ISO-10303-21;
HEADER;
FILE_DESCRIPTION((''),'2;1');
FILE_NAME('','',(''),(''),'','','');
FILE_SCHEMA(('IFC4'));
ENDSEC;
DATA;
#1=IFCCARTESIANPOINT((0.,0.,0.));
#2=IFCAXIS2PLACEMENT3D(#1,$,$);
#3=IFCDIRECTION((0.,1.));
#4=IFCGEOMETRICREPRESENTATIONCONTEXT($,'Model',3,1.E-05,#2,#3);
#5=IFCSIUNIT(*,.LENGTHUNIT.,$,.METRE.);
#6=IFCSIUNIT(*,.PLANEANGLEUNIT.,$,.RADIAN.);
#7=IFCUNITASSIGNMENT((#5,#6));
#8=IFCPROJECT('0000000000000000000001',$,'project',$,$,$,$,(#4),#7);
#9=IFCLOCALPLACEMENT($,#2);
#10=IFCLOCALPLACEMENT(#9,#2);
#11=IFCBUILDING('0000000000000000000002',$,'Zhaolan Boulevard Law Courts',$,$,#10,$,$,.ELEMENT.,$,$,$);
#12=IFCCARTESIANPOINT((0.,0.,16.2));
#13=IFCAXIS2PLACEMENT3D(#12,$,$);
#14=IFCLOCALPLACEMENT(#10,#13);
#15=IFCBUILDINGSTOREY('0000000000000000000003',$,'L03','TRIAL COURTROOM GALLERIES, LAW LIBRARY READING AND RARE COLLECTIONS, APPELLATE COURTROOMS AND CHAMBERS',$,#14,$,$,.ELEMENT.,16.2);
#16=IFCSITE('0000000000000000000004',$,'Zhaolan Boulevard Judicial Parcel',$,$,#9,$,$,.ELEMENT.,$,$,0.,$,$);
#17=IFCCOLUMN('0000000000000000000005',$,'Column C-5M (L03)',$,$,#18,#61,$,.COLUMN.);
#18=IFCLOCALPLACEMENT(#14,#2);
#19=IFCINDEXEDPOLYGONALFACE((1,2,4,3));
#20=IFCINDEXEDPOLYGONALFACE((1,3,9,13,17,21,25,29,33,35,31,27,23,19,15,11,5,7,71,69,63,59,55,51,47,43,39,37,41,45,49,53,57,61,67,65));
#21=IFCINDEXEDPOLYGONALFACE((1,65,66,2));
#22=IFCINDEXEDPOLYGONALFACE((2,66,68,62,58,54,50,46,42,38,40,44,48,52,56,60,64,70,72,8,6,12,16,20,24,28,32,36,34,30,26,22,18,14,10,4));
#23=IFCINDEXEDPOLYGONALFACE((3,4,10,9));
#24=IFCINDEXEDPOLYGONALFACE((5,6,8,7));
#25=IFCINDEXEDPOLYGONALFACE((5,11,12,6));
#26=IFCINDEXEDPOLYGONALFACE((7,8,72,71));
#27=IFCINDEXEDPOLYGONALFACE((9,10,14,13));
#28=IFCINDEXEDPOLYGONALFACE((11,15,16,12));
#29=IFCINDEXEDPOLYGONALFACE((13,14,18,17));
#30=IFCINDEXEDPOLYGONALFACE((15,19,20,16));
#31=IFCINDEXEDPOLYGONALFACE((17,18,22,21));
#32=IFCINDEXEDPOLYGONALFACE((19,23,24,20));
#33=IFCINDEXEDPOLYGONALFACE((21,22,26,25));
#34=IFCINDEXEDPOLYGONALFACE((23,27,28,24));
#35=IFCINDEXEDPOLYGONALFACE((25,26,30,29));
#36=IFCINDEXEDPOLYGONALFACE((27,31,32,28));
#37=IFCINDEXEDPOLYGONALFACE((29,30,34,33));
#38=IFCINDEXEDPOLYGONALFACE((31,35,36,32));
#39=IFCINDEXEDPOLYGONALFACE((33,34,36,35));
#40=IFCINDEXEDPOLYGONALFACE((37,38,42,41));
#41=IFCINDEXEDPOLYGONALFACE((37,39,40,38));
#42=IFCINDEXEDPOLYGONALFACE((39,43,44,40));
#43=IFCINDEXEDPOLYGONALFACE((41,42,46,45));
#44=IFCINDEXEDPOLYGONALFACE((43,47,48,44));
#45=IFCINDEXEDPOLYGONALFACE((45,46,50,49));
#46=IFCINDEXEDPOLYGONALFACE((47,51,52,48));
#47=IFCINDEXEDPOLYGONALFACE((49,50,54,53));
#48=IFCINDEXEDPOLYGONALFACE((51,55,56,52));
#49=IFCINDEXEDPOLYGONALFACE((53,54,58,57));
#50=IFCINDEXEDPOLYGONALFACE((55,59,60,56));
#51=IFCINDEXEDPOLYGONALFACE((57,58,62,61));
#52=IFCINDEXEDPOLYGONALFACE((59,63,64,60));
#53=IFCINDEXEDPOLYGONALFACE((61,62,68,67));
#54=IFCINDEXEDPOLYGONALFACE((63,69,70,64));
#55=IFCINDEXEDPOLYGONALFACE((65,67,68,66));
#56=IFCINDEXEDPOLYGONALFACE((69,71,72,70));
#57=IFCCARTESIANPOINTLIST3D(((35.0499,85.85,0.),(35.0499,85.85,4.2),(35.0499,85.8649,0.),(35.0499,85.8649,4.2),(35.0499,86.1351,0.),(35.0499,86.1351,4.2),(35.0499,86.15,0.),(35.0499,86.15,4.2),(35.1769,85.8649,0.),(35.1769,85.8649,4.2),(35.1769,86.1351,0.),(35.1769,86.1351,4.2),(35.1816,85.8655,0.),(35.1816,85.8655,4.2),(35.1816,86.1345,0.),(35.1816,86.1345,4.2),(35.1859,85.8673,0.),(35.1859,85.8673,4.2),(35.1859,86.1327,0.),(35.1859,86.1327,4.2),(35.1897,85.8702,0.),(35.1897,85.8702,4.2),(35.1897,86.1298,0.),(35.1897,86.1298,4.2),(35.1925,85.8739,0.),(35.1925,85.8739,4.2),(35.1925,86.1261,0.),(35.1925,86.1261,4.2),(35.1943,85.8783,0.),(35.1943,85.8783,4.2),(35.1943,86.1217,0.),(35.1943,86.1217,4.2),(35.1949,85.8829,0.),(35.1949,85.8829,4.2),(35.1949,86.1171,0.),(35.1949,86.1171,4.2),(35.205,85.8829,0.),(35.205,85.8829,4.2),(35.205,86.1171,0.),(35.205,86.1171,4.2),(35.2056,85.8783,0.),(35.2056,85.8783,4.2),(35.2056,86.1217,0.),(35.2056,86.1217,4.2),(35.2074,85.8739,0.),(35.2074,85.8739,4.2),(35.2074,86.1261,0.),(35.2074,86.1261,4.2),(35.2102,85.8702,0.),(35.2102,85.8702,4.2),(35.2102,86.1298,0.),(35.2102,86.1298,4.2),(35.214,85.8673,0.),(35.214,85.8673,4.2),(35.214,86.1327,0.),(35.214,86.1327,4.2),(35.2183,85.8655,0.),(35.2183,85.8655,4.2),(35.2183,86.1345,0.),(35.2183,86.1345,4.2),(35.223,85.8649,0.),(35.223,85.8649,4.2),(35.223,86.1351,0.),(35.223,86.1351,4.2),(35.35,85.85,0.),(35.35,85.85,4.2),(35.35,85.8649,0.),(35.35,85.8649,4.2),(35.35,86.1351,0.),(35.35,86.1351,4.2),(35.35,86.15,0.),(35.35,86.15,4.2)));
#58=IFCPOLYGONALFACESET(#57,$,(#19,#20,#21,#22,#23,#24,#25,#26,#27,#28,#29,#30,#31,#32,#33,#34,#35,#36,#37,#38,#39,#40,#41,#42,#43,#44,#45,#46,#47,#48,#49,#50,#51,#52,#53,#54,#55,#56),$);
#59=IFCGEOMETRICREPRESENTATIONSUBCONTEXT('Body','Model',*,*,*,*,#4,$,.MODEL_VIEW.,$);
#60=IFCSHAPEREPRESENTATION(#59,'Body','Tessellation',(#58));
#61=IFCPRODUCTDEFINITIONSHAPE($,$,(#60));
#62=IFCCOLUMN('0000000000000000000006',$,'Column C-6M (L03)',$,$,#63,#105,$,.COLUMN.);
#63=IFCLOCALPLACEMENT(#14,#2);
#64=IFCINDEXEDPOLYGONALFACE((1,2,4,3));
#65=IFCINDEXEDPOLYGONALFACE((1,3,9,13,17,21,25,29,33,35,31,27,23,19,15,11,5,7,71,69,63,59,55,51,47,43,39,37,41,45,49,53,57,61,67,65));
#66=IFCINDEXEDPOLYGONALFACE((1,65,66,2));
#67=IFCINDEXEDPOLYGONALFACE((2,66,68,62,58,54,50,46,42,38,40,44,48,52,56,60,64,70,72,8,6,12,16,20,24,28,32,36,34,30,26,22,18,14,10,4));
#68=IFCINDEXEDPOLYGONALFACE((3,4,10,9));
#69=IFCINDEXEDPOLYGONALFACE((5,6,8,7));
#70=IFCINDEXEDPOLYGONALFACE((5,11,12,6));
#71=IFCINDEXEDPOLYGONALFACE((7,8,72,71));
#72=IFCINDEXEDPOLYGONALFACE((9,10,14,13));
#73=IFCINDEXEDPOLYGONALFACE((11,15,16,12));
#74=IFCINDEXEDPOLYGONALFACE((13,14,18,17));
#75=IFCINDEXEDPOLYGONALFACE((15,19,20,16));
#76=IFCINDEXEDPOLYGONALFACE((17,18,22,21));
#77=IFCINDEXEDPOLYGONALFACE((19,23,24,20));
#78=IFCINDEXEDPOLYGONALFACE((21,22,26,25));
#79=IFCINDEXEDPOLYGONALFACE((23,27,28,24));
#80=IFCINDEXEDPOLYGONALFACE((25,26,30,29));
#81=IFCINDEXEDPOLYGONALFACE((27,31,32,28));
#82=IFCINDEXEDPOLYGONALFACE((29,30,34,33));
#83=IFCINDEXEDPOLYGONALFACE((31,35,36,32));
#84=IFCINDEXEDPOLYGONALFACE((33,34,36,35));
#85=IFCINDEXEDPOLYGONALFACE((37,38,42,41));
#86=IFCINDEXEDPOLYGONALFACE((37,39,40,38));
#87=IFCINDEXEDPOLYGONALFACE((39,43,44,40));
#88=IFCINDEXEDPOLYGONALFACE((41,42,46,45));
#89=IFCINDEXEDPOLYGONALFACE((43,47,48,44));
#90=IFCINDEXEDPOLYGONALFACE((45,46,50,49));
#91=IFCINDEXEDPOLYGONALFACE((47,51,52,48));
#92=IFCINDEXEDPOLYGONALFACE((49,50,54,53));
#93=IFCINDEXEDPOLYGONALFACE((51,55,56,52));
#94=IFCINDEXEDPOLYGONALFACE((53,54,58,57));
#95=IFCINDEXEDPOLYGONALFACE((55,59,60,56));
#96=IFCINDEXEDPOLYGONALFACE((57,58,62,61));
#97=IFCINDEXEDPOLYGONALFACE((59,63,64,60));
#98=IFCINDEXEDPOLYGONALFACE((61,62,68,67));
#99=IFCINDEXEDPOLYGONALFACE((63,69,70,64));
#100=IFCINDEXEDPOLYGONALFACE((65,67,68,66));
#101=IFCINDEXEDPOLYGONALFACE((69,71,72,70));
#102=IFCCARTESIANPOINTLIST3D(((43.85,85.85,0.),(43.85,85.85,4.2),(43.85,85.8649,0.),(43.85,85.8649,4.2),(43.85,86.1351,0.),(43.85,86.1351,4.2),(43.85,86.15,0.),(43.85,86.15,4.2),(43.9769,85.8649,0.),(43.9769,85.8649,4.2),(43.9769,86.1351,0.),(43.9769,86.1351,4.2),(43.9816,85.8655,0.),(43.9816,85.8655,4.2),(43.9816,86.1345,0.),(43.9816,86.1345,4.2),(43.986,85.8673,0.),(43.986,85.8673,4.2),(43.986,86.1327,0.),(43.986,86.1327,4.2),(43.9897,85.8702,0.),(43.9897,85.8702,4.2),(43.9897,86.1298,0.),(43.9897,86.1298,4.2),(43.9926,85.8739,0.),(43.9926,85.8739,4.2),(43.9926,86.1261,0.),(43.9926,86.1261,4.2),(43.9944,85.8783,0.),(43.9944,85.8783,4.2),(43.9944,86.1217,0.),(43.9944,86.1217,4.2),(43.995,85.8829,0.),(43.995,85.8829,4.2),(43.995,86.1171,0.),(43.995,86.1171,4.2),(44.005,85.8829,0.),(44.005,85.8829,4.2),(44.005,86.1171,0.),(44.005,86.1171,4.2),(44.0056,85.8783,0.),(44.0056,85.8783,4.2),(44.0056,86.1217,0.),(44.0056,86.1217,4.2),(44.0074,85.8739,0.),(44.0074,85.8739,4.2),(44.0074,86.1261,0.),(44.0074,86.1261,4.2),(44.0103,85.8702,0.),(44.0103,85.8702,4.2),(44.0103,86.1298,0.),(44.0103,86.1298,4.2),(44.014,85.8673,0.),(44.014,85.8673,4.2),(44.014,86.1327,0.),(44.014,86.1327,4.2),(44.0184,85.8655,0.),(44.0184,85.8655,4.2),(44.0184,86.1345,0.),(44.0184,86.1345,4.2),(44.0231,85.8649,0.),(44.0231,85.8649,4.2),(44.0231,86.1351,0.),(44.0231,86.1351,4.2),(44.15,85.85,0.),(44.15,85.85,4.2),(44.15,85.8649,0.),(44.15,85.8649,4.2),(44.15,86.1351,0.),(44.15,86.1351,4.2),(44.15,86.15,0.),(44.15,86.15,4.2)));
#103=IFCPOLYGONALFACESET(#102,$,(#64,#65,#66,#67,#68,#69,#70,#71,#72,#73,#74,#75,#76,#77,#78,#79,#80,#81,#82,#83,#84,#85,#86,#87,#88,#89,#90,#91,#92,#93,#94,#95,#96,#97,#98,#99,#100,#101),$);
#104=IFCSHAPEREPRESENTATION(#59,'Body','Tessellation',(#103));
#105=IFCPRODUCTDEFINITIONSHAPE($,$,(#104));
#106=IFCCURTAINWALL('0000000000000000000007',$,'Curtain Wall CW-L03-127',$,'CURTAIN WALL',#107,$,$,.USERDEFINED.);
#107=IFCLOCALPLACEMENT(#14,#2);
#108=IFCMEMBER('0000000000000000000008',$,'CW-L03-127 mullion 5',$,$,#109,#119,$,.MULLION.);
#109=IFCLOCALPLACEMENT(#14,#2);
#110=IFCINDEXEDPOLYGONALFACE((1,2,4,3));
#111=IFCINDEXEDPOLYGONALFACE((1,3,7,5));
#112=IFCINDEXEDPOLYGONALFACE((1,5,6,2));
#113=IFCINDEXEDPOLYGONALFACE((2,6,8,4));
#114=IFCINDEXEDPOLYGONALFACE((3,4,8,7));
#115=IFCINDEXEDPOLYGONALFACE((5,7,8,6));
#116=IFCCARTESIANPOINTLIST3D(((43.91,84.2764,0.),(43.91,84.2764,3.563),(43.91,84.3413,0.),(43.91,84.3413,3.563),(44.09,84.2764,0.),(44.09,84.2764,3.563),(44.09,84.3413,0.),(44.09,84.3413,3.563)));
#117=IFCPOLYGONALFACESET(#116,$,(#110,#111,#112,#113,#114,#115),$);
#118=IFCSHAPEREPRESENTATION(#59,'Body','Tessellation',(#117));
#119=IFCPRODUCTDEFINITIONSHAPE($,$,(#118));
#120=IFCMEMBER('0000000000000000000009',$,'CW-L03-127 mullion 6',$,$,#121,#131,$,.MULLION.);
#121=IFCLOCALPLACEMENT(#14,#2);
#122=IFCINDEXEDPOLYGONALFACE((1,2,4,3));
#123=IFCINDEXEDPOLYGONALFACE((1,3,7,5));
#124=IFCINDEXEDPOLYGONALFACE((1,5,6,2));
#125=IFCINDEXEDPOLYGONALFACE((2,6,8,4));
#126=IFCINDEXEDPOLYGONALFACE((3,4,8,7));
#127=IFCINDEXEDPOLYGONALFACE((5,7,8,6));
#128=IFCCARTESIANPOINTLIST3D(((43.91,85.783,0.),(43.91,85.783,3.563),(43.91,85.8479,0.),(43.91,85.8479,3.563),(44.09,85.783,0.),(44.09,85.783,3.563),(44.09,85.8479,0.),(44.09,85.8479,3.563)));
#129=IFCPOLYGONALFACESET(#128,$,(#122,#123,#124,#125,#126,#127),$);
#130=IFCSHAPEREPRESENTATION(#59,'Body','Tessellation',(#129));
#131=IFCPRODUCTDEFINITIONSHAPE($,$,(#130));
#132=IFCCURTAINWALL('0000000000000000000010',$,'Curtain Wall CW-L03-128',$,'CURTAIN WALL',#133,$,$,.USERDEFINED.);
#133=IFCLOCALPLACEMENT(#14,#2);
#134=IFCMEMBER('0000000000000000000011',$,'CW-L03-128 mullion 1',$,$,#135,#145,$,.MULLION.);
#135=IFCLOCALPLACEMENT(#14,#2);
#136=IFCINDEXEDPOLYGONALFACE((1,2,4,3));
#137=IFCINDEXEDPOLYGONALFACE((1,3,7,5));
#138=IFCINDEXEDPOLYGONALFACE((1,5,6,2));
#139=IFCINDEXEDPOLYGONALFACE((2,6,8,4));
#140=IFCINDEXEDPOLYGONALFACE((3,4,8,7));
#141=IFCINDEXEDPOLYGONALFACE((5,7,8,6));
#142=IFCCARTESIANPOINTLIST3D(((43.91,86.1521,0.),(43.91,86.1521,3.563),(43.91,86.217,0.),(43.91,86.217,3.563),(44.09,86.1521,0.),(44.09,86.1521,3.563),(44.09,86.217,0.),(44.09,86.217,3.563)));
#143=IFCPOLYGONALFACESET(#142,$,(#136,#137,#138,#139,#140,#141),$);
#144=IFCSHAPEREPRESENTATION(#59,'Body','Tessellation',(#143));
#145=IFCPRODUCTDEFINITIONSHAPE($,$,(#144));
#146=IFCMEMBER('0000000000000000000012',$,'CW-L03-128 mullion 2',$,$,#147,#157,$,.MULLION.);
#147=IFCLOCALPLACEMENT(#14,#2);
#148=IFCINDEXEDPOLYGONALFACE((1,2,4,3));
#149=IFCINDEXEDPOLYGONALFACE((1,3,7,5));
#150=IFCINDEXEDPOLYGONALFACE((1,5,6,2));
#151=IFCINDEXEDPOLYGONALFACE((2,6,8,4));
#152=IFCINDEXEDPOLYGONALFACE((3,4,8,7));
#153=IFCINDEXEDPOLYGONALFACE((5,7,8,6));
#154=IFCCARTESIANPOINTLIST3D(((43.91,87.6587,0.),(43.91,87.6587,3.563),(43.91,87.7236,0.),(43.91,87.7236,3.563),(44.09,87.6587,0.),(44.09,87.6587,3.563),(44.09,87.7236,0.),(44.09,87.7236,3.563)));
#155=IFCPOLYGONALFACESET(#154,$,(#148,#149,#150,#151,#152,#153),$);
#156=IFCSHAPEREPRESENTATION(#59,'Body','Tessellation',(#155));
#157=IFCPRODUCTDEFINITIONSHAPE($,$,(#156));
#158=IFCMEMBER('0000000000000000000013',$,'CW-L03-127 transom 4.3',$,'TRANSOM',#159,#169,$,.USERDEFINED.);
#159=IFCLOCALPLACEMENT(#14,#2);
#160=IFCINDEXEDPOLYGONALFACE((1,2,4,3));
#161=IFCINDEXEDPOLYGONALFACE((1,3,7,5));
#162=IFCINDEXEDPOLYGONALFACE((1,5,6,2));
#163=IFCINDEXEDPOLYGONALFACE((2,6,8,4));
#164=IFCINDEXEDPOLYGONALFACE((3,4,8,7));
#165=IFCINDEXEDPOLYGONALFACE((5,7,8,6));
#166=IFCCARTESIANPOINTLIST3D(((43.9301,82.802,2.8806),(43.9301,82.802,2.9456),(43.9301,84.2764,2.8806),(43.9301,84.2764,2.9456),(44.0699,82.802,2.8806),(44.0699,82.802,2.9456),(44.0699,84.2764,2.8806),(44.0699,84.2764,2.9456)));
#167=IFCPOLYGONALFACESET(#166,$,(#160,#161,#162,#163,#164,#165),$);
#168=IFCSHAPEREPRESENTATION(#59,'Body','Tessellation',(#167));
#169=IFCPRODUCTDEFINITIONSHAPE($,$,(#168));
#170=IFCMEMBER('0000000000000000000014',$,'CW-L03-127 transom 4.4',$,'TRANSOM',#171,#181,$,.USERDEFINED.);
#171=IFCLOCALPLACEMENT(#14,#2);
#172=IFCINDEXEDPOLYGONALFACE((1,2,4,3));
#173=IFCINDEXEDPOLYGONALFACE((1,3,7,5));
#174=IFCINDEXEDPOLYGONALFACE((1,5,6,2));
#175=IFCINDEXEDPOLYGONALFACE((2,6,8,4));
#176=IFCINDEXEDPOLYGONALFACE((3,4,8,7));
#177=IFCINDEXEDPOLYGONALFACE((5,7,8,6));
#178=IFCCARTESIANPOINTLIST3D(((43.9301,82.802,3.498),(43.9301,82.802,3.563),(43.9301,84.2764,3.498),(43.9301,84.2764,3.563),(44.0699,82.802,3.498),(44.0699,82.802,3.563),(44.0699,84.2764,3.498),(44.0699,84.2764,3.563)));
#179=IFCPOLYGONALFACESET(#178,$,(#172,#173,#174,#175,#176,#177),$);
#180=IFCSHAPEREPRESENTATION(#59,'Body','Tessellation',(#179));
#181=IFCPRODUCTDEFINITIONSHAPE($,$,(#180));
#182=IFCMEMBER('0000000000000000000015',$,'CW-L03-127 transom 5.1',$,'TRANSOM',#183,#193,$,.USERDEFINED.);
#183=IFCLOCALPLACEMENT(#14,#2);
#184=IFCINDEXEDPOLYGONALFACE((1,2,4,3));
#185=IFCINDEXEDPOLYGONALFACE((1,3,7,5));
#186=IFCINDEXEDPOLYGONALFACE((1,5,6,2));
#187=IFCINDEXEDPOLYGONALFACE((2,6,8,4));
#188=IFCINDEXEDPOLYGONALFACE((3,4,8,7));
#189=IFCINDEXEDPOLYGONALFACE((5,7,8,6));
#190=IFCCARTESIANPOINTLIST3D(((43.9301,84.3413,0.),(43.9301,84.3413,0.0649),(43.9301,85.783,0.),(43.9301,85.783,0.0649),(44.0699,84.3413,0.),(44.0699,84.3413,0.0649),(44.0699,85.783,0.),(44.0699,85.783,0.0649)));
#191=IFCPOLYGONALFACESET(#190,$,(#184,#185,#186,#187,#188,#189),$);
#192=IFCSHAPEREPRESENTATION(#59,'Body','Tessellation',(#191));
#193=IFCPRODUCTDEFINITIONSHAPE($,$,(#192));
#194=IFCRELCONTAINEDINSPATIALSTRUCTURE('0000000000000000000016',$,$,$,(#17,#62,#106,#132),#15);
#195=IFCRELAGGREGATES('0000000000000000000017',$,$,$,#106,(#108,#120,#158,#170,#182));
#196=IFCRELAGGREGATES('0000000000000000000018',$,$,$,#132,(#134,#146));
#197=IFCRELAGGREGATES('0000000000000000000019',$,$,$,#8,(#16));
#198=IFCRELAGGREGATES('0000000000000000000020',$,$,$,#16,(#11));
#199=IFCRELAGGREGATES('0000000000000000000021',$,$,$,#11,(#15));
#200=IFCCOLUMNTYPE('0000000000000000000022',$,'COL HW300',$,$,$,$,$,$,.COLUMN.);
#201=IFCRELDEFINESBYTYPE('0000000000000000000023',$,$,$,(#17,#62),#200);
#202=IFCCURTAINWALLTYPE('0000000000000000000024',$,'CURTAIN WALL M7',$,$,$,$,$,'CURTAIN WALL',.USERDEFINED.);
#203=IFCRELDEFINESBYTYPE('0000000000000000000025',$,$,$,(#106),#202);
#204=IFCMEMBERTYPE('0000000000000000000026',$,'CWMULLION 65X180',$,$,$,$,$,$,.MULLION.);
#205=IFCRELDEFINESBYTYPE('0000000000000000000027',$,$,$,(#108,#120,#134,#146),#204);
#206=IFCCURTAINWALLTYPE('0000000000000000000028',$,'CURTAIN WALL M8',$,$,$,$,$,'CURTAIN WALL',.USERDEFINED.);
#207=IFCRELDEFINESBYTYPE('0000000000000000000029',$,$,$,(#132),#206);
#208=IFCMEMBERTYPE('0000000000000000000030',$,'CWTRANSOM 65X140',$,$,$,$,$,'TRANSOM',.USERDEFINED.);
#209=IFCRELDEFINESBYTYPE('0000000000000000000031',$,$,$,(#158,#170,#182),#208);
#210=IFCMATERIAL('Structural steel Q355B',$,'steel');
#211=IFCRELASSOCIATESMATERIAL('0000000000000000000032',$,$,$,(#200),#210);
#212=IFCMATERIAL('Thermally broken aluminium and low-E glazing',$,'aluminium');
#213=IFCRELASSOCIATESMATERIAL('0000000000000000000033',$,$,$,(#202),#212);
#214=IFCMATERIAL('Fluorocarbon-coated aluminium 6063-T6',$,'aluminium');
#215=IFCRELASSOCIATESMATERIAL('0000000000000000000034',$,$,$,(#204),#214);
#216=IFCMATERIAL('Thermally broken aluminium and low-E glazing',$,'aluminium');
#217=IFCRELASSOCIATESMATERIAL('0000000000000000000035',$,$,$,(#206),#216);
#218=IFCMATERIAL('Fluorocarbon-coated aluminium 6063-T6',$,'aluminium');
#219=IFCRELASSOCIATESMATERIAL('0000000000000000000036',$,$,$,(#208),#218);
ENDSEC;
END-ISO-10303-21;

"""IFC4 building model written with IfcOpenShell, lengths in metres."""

from ifc_helpers import new_model, si_unit, direction, frame, origin, origin_2d, place, context, subcontext, project, spatial, rectangle, i_section, extrude, material, material_profile, profile_set, type_object, element, aggregate, save


model = new_model("IFC4")

# Units and contexts
model_context = context("Model", 3, precision=1e-05, world=origin(), true_north=direction((0.0, 1.0)))
body_context = subcontext(model_context, "Body", "Model", "MODEL_VIEW")
ifc_project = project(units=[si_unit("LENGTHUNIT", "METRE"), si_unit("PLANEANGLEUNIT", "RADIAN")], contexts=[model_context])

# Site, building, storey
site_placement = place(None, origin())
site = spatial("IfcSite", under=ifc_project, at=site_placement, Name="Zhaolan Boulevard Judicial Parcel", CompositionType="ELEMENT", RefElevation=0.0)
building_placement = place(site_placement, origin())
building = spatial("IfcBuilding", under=site, at=building_placement, Name="Zhaolan Boulevard Law Courts", CompositionType="ELEMENT")
storey_placement = place(building_placement, frame((0.0, 0.0, 16.2)))
storey = spatial("IfcBuildingStorey", under=building, at=storey_placement, Name="L03", Description="TRIAL COURTROOM GALLERIES, LAW LIBRARY READING AND RARE COLLECTIONS, APPELLATE COURTROOMS AND CHAMBERS", CompositionType="ELEMENT", Elevation=16.2)

# Columns
ifc_material_1 = material(Name="Structural steel Q355B", Category="steel")
ifc_material_profile_1 = material_profile(ifc_material_1, i_section(OverallWidth=0.3, OverallDepth=0.3, WebThickness=0.01, FlangeThickness=0.0149, FilletRadius=0.0181, at=origin_2d()), Name="HW300x300")
ifc_profile_set_1 = profile_set([ifc_material_profile_1], Name="Structural steel Q355B")
column_type = type_object("IfcColumnType", Name="COL HW300", PredefinedType="COLUMN", material=ifc_profile_set_1)
for number, where, z_axis, x_axis, name in (
    (1, (35.2, 86.0, 0.0), (0.0, 0.0, 1.0), (1.0, 0.0, 0.0), "Column C-5M (L03)"),
    (2, (44.0, 86.0, 0.0), (0.0, 0.0, 1.0), (1.0, 0.0, 0.0), "Column C-6M (L03)"),
):
    element("IfcColumn", number, at=place(storey_placement, frame(where, z_axis=z_axis, x_axis=x_axis)), inside=storey, type_object=column_type, Name=name, PredefinedType="COLUMN", context=body_context, shape_type="SweptSolid", body=[
        extrude(i_section(OverallWidth=0.3, OverallDepth=0.3, WebThickness=0.01, FlangeThickness=0.0149, FilletRadius=0.0181, at=origin_2d()), origin(), (0.0, 0.0, 1.0), 4.2),
    ])

# Curtain walls, members
ifc_material_2 = material(Name="Thermally broken aluminium and low-E glazing", Category="aluminium")
curtain_wall_type_1 = type_object("IfcCurtainWallType", Name="CURTAIN WALL M7", ElementType="CURTAIN WALL", PredefinedType="USERDEFINED", material=ifc_material_2)
curtain_wall_1_placement = place(storey_placement, origin())
curtain_wall_1 = element("IfcCurtainWall", 3, at=curtain_wall_1_placement, inside=storey, type_object=curtain_wall_type_1, Name="Curtain Wall CW-L03-127", ObjectType="CURTAIN WALL", PredefinedType="USERDEFINED")
ifc_material_3 = material(Name="Fluorocarbon-coated aluminium 6063-T6", Category="aluminium")
ifc_material_profile_2 = material_profile(ifc_material_3, rectangle(XDim=0.1799, YDim=0.0649, at=origin_2d()), Name="AL65x180")
ifc_profile_set_2 = profile_set([ifc_material_profile_2], Name="Fluorocarbon-coated aluminium 6063-T6")
member_type_1 = type_object("IfcMemberType", Name="CWMULLION 65X180", PredefinedType="MULLION", material=ifc_profile_set_2)
member_1_placement = place(storey_placement, frame((44.0, 84.3088, 0.0), z_axis=(0.0, 0.0, 1.0), x_axis=(-1.0, 0.0, 0.0)))
member_1 = element("IfcMember", 4, at=member_1_placement, type_object=member_type_1, Name="CW-L03-127 mullion 5", PredefinedType="MULLION", context=body_context, shape_type="SweptSolid", body=[
    extrude(rectangle(XDim=0.1799, YDim=0.0649, at=origin_2d()), origin(), (0.0, 0.0, 1.0), 3.563),
])
member_2_placement = place(storey_placement, frame((44.0, 85.8154, 0.0), z_axis=(0.0, 0.0, 1.0), x_axis=(-1.0, 0.0, 0.0)))
member_2 = element("IfcMember", 5, at=member_2_placement, type_object=member_type_1, Name="CW-L03-127 mullion 6", PredefinedType="MULLION", context=body_context, shape_type="SweptSolid", body=[
    extrude(rectangle(XDim=0.1799, YDim=0.0649, at=origin_2d()), origin(), (0.0, 0.0, 1.0), 3.563),
])
ifc_material_4 = material(Name="Thermally broken aluminium and low-E glazing", Category="aluminium")
curtain_wall_type_2 = type_object("IfcCurtainWallType", Name="CURTAIN WALL M8", ElementType="CURTAIN WALL", PredefinedType="USERDEFINED", material=ifc_material_4)
curtain_wall_2_placement = place(storey_placement, origin())
curtain_wall_2 = element("IfcCurtainWall", 6, at=curtain_wall_2_placement, inside=storey, type_object=curtain_wall_type_2, Name="Curtain Wall CW-L03-128", ObjectType="CURTAIN WALL", PredefinedType="USERDEFINED")
member_3_placement = place(storey_placement, frame((44.0, 86.1846, 0.0), z_axis=(0.0, 0.0, 1.0), x_axis=(-1.0, 0.0, 0.0)))
member_3 = element("IfcMember", 7, at=member_3_placement, type_object=member_type_1, Name="CW-L03-128 mullion 1", PredefinedType="MULLION", context=body_context, shape_type="SweptSolid", body=[
    extrude(rectangle(XDim=0.1799, YDim=0.0649, at=origin_2d()), origin(), (0.0, 0.0, 1.0), 3.563),
])
member_4_placement = place(storey_placement, frame((44.0, 87.6912, 0.0), z_axis=(0.0, 0.0, 1.0), x_axis=(-1.0, 0.0, 0.0)))
member_4 = element("IfcMember", 8, at=member_4_placement, type_object=member_type_1, Name="CW-L03-128 mullion 2", PredefinedType="MULLION", context=body_context, shape_type="SweptSolid", body=[
    extrude(rectangle(XDim=0.1799, YDim=0.0649, at=origin_2d()), origin(), (0.0, 0.0, 1.0), 3.563),
])

# Members
ifc_material_5 = material(Name="Fluorocarbon-coated aluminium 6063-T6", Category="aluminium")
ifc_material_profile_3 = material_profile(ifc_material_5, rectangle(XDim=0.1399, YDim=0.0649, at=origin_2d()), Name="AL65x140")
ifc_profile_set_3 = profile_set([ifc_material_profile_3], Name="Fluorocarbon-coated aluminium 6063-T6")
member_type_2 = type_object("IfcMemberType", Name="CWTRANSOM 65X140", ElementType="TRANSOM", PredefinedType="USERDEFINED", material=ifc_profile_set_3)
member_5_placement = place(storey_placement, frame((44.0, 82.802, 2.9131), z_axis=(0.0, 1.0, 0.0), x_axis=(-1.0, 0.0, 0.0)))
member_5 = element("IfcMember", 9, at=member_5_placement, type_object=member_type_2, Name="CW-L03-127 transom 4.3", ObjectType="TRANSOM", PredefinedType="USERDEFINED", context=body_context, shape_type="SweptSolid", body=[
    extrude(rectangle(XDim=0.1399, YDim=0.0649, at=origin_2d()), origin(), (0.0, 0.0, 1.0), 1.4744),
])
member_6_placement = place(storey_placement, frame((44.0, 82.802, 3.5305), z_axis=(0.0, 1.0, 0.0), x_axis=(-1.0, 0.0, 0.0)))
member_6 = element("IfcMember", 10, at=member_6_placement, type_object=member_type_2, Name="CW-L03-127 transom 4.4", ObjectType="TRANSOM", PredefinedType="USERDEFINED", context=body_context, shape_type="SweptSolid", body=[
    extrude(rectangle(XDim=0.1399, YDim=0.0649, at=origin_2d()), origin(), (0.0, 0.0, 1.0), 1.4744),
])
member_7_placement = place(storey_placement, frame((44.0, 84.3413, 0.0325), z_axis=(0.0, 1.0, 0.0), x_axis=(-1.0, 0.0, 0.0)))
member_7 = element("IfcMember", 11, at=member_7_placement, type_object=member_type_2, Name="CW-L03-127 transom 5.1", ObjectType="TRANSOM", PredefinedType="USERDEFINED", context=body_context, shape_type="SweptSolid", body=[
    extrude(rectangle(XDim=0.1399, YDim=0.0649, at=origin_2d()), origin(), (0.0, 0.0, 1.0), 1.4417),
])

aggregate(curtain_wall_1, [member_1, member_2, member_5, member_6, member_7])
aggregate(curtain_wall_2, [member_3, member_4])

save(model, "model.ifc")
